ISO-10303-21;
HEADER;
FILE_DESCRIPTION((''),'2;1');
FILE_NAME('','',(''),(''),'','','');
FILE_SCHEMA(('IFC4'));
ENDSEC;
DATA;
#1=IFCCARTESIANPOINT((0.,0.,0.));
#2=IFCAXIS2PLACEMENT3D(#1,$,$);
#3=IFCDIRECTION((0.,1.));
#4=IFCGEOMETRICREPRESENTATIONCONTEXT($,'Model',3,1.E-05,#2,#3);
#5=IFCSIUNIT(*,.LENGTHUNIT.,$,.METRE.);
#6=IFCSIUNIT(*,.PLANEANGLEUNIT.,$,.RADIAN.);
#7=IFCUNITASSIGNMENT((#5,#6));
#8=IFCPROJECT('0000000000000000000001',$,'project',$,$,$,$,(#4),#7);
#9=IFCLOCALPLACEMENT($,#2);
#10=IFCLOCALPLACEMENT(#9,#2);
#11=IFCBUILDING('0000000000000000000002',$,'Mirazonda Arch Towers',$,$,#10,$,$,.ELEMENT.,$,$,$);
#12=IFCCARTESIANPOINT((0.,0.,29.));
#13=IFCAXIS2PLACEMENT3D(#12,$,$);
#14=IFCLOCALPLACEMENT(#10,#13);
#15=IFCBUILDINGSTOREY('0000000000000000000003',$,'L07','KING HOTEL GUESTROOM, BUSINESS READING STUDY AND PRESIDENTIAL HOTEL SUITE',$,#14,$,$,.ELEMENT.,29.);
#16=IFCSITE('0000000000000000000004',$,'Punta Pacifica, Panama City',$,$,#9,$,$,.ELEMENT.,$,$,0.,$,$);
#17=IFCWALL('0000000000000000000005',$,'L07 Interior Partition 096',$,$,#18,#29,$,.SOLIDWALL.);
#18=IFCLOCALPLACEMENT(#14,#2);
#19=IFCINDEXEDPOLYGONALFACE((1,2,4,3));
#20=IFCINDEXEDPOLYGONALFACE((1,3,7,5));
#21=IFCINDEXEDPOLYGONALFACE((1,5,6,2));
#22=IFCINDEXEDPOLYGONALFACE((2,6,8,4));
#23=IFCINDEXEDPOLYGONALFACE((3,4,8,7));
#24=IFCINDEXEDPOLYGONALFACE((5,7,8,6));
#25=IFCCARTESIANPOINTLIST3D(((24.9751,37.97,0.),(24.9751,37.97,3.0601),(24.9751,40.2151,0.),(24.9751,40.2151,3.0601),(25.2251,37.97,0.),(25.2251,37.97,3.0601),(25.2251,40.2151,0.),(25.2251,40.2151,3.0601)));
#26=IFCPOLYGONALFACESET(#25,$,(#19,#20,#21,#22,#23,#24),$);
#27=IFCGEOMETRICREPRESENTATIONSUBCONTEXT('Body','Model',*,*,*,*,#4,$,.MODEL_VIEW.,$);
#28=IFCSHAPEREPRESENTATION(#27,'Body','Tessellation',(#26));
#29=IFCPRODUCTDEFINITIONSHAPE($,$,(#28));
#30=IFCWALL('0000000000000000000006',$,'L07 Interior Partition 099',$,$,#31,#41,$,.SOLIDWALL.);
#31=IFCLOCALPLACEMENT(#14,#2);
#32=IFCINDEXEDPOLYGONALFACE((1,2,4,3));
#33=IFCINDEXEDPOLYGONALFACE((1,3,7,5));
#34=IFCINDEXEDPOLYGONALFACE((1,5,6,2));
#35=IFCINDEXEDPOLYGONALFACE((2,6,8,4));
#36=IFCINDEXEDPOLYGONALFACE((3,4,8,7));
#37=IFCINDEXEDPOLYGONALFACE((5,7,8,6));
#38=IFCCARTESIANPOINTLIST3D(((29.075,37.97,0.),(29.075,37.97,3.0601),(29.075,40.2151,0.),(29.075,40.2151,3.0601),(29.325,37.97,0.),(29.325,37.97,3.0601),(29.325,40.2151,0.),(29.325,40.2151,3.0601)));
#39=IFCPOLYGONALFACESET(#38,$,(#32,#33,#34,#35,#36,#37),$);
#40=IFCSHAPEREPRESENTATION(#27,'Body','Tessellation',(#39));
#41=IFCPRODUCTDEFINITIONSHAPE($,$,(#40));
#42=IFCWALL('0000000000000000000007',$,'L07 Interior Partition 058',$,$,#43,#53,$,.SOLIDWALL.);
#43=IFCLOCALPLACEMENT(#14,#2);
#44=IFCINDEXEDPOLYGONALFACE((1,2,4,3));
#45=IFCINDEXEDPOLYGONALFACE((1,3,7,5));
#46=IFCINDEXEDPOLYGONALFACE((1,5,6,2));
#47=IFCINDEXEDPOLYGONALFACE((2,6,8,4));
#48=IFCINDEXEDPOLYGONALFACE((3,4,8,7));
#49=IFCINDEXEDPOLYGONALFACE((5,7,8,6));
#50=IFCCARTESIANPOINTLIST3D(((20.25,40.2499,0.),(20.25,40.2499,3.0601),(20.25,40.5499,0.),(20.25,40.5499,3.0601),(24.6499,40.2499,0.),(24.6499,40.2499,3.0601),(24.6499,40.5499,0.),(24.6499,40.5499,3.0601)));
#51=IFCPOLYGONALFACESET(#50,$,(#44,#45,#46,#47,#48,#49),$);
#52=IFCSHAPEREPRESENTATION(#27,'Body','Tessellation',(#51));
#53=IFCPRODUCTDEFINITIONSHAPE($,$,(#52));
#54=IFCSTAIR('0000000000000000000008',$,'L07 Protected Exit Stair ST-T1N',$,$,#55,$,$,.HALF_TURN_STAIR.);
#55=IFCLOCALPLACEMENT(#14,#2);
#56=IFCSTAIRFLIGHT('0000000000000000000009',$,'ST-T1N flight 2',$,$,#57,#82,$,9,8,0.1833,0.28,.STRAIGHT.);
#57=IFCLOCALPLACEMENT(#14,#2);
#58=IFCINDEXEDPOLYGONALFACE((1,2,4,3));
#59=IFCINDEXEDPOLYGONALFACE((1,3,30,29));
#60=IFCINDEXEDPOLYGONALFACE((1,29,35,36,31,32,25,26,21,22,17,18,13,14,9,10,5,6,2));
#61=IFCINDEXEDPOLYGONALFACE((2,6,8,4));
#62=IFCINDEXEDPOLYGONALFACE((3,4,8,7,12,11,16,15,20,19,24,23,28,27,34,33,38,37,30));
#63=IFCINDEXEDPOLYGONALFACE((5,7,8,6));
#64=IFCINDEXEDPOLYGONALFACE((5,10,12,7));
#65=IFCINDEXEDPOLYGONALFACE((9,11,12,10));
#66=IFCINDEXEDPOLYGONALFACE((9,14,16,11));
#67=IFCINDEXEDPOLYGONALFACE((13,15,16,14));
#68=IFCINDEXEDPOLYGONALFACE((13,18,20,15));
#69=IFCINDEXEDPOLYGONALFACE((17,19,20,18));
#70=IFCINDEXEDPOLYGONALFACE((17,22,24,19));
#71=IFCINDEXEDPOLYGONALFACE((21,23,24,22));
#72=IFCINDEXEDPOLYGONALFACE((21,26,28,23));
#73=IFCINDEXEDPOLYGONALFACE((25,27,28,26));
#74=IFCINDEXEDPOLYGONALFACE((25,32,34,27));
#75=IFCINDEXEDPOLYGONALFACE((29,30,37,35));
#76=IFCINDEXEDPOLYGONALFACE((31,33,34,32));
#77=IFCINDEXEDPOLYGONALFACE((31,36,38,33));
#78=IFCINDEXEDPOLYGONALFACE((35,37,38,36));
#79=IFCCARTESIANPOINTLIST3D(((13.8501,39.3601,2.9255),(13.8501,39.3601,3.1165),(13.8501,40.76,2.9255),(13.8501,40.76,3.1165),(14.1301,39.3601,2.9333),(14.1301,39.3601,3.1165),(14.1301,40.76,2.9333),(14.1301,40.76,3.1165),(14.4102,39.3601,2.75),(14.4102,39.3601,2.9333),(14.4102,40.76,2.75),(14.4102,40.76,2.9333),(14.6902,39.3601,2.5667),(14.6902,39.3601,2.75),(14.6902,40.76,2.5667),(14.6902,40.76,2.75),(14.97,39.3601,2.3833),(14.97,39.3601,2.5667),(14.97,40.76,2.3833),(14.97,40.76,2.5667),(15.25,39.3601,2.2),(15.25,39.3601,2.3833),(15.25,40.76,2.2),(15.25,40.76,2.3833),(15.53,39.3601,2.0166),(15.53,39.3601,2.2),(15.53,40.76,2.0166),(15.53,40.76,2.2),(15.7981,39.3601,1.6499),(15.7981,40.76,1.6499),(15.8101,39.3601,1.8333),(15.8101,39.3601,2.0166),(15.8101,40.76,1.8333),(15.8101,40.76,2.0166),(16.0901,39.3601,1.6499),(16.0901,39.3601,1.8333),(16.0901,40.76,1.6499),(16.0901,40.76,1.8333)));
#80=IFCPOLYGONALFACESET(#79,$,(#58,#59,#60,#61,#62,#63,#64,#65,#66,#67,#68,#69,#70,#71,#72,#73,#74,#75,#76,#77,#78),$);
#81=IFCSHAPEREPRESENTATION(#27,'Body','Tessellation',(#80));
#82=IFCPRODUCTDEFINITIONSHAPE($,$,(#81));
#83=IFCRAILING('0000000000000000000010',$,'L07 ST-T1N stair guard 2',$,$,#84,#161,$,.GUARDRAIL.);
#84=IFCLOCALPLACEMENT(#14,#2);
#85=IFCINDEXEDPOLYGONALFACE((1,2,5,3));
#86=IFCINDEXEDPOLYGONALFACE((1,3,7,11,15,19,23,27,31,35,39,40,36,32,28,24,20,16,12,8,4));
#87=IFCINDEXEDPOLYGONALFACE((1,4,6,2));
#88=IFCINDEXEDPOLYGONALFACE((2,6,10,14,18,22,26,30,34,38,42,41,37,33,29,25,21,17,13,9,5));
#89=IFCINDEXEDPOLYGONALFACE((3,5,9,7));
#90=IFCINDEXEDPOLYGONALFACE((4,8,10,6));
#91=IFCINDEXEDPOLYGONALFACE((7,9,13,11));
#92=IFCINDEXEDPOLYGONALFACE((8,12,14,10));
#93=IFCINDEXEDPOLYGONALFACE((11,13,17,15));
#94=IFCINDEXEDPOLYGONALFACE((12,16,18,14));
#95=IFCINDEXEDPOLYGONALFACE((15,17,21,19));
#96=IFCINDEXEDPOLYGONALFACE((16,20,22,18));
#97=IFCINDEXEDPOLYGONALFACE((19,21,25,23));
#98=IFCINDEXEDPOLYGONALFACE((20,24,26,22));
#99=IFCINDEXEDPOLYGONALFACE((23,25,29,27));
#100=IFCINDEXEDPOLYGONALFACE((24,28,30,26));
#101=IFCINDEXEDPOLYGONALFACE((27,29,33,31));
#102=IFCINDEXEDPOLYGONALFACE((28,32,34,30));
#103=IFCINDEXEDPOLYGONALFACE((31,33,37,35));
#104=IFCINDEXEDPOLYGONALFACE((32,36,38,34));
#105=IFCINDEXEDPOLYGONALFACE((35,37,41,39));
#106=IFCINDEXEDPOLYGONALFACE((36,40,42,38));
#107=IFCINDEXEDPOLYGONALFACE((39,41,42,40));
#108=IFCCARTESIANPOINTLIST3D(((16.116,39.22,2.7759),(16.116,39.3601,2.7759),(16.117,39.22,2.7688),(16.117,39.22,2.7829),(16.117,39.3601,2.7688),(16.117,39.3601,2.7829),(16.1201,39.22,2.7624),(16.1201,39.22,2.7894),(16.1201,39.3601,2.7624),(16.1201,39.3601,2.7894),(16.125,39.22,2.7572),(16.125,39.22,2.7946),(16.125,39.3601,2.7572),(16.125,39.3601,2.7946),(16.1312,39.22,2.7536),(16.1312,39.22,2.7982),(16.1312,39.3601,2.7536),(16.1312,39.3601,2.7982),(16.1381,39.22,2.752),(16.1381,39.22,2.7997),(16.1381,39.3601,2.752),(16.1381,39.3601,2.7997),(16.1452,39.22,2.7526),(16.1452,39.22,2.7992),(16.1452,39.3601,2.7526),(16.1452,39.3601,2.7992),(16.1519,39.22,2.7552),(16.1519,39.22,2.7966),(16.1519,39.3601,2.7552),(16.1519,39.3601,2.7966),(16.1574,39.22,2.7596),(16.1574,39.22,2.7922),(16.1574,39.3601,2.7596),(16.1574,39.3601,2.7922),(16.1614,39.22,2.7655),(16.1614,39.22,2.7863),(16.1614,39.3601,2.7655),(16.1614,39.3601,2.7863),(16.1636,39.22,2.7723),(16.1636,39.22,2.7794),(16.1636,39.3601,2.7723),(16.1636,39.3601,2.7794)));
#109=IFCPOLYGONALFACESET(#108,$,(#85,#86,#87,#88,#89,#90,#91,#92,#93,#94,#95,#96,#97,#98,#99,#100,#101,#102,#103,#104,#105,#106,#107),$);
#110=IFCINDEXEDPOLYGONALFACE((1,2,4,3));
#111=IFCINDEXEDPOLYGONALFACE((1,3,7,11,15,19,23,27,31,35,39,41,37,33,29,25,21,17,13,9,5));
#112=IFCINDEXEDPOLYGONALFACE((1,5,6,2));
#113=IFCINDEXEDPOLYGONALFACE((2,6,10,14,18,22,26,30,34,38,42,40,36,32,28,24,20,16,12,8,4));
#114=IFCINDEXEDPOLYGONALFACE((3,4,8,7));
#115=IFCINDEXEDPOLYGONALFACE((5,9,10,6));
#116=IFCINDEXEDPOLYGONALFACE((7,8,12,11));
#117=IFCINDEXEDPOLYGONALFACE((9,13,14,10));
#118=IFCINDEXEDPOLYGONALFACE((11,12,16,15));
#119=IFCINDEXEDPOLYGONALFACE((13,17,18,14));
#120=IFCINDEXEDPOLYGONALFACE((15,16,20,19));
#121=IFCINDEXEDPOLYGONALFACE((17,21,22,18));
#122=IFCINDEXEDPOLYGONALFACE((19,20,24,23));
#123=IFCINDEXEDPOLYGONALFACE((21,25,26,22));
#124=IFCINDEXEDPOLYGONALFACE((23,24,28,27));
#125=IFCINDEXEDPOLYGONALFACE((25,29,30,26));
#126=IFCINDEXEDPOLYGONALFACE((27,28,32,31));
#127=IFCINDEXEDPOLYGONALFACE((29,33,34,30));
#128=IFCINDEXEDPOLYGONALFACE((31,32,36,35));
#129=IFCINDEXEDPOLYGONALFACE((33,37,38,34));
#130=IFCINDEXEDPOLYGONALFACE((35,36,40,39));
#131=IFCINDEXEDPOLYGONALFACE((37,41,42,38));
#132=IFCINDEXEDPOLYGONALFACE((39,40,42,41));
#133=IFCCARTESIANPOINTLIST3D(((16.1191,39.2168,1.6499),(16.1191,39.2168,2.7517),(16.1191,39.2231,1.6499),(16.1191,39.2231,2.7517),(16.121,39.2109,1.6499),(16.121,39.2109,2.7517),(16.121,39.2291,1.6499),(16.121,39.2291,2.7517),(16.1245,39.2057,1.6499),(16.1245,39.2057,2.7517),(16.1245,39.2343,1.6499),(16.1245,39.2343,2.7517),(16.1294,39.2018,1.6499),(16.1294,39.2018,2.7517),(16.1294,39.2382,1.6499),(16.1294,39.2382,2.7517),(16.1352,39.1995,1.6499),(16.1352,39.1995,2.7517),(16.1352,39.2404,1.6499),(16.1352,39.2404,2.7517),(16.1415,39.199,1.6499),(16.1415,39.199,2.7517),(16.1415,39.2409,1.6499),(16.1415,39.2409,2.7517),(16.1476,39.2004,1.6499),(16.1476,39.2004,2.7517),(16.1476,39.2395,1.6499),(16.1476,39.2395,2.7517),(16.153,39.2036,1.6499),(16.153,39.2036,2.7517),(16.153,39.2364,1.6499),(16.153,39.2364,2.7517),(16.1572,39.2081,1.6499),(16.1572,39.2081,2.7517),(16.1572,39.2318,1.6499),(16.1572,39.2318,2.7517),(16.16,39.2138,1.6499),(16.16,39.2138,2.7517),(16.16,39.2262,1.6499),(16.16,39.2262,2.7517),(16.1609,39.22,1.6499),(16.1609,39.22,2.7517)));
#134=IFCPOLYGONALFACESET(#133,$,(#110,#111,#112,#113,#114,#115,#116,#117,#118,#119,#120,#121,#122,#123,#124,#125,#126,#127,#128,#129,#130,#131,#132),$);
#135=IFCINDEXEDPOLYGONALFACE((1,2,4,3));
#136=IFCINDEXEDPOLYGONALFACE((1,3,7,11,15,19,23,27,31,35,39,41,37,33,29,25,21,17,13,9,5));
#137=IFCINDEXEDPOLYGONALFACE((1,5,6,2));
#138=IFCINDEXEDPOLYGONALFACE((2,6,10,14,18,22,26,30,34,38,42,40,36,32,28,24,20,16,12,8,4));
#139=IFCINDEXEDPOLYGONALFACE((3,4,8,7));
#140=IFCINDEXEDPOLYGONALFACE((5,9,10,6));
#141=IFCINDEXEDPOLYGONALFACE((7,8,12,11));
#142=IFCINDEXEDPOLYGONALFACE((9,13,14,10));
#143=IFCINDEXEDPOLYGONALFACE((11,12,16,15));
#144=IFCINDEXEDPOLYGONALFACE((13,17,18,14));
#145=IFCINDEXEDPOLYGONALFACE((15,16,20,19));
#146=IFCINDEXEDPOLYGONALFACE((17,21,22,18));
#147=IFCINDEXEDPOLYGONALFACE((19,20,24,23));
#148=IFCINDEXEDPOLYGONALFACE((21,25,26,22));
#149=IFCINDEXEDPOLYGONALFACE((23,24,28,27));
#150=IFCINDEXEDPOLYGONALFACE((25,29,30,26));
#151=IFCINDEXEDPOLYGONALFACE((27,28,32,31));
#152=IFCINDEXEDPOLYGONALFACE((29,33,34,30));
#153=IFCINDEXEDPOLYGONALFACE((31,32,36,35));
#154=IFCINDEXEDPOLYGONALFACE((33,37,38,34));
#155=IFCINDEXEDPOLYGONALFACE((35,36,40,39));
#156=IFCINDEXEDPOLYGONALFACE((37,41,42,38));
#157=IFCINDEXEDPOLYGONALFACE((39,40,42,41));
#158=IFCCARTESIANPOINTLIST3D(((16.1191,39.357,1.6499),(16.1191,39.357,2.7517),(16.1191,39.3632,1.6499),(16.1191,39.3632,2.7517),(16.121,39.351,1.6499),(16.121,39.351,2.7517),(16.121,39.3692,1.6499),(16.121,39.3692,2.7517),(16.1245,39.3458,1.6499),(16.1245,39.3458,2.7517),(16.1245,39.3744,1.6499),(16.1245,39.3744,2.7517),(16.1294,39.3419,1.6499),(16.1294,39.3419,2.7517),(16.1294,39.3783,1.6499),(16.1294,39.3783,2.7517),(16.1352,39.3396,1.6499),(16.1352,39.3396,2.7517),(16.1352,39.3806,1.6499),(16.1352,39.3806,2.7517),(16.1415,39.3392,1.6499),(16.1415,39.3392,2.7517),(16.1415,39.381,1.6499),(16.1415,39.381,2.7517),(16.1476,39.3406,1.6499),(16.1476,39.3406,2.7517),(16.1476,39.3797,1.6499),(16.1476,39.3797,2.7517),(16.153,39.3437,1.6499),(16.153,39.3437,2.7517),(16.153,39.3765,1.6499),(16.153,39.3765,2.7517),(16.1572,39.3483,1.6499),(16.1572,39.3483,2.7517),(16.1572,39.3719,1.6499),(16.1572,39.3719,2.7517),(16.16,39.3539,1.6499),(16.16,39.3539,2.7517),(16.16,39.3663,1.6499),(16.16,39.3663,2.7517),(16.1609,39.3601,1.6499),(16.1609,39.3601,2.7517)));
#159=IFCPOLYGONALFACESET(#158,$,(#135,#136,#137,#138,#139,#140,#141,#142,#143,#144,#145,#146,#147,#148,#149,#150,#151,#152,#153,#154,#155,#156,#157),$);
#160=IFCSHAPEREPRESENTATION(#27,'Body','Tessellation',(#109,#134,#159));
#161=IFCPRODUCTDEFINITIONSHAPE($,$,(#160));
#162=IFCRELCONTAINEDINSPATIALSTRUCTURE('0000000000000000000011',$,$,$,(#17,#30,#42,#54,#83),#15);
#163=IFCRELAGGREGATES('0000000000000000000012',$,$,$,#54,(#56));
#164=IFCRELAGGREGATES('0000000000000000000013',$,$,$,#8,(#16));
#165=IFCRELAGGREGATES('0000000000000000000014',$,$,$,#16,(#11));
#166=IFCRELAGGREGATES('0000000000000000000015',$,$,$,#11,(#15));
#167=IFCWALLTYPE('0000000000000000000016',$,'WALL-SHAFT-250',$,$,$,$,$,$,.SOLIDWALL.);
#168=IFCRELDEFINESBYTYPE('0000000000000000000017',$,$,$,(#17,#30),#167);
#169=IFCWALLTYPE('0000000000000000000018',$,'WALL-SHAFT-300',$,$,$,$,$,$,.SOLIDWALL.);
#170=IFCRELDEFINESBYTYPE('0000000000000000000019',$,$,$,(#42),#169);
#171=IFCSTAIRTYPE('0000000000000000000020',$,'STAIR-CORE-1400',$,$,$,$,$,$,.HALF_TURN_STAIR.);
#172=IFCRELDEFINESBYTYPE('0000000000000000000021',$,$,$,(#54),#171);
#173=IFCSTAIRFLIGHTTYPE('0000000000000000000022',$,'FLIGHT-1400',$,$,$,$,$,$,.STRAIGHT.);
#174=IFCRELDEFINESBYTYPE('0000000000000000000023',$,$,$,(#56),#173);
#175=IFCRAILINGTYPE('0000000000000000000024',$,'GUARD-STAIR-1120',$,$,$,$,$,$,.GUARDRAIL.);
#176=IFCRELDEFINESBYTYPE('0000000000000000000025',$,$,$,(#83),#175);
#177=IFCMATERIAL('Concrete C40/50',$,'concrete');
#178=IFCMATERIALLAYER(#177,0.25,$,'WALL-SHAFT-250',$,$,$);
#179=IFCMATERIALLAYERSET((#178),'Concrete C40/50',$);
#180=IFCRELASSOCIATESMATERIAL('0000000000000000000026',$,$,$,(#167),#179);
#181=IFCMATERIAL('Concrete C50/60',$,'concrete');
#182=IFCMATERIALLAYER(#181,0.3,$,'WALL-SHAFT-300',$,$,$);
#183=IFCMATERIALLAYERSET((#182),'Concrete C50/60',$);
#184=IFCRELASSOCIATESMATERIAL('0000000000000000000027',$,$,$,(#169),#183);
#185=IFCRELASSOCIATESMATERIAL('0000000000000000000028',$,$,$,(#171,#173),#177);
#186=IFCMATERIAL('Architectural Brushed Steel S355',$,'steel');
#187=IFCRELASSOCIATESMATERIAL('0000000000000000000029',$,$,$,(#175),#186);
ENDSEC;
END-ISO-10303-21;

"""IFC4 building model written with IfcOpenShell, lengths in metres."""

from ifc_helpers import new_model, si_unit, direction, frame, frame_2d, origin, origin_2d, place, context, subcontext, project, spatial, polyline, rectangle, circle, outline, extrude, material, layer, layer_set, type_object, element, aggregate, save


model = new_model("IFC4")

# Units and contexts
model_context = context("Model", 3, precision=1e-05, world=origin(), true_north=direction((0.0, 1.0)))
body_context = subcontext(model_context, "Body", "Model", "MODEL_VIEW")
ifc_project = project(units=[si_unit("LENGTHUNIT", "METRE"), si_unit("PLANEANGLEUNIT", "RADIAN")], contexts=[model_context])

# Site, building, storey
site_placement = place(None, origin())
site = spatial("IfcSite", under=ifc_project, at=site_placement, Name="Punta Pacifica, Panama City", CompositionType="ELEMENT", RefElevation=0.0)
building_placement = place(site_placement, origin())
building = spatial("IfcBuilding", under=site, at=building_placement, Name="Mirazonda Arch Towers", CompositionType="ELEMENT")
storey_placement = place(building_placement, frame((0.0, 0.0, 29.0)))
storey = spatial("IfcBuildingStorey", under=building, at=storey_placement, Name="L07", Description="KING HOTEL GUESTROOM, BUSINESS READING STUDY AND PRESIDENTIAL HOTEL SUITE", CompositionType="ELEMENT", Elevation=29.0)

# Shared definitions
ifc_material_1 = material(Name="Architectural Brushed Steel S355", Category="steel")

# Walls
ifc_material_2 = material(Name="Concrete C40/50", Category="concrete")
ifc_layer_1 = layer(ifc_material_2, 0.25, Name="WALL-SHAFT-250")
ifc_layer_set_1 = layer_set([ifc_layer_1], Name="Concrete C40/50")
wall_type_1 = type_object("IfcWallType", Name="WALL-SHAFT-250", PredefinedType="SOLIDWALL", material=ifc_layer_set_1)
for number, where, z_axis, x_axis, name in (
    (1, (25.1001, 37.97, 0.0), (0.0, 0.0, 1.0), (0.0, 1.0, 0.0), "L07 Interior Partition 096"),
    (2, (29.2, 37.97, 0.0), (0.0, 0.0, 1.0), (0.0, 1.0, 0.0), "L07 Interior Partition 099"),
):
    element("IfcWall", number, at=place(storey_placement, frame(where, z_axis=z_axis, x_axis=x_axis)), inside=storey, type_object=wall_type_1, Name=name, PredefinedType="SOLIDWALL", context=body_context, shape_type="SweptSolid", body=[
        extrude(rectangle(XDim=2.2451, YDim=0.25, at=frame_2d((1.1226, 0.0))), origin(), (0.0, 0.0, 1.0), 3.0601),
    ])
ifc_material_3 = material(Name="Concrete C50/60", Category="concrete")
ifc_layer_2 = layer(ifc_material_3, 0.3, Name="WALL-SHAFT-300")
ifc_layer_set_2 = layer_set([ifc_layer_2], Name="Concrete C50/60")
wall_type_2 = type_object("IfcWallType", Name="WALL-SHAFT-300", PredefinedType="SOLIDWALL", material=ifc_layer_set_2)
wall_1_placement = place(storey_placement, frame((20.25, 40.3999, 0.0), z_axis=(0.0, 0.0, 1.0), x_axis=(1.0, 0.0, 0.0)))
element("IfcWall", 3, at=wall_1_placement, inside=storey, type_object=wall_type_2, Name="L07 Interior Partition 058", PredefinedType="SOLIDWALL", context=body_context, shape_type="SweptSolid", body=[
    extrude(rectangle(XDim=4.3999, YDim=0.3, at=frame_2d((2.2, 0.0))), origin(), (0.0, 0.0, 1.0), 3.0601),
])

# Stair, stair flight
stair_type = type_object("IfcStairType", Name="STAIR-CORE-1400", PredefinedType="HALF_TURN_STAIR", material=ifc_material_2)
stair_placement = place(storey_placement, origin())
stair = element("IfcStair", 4, at=stair_placement, inside=storey, type_object=stair_type, Name="L07 Protected Exit Stair ST-T1N", PredefinedType="HALF_TURN_STAIR")
stair_flight_type = type_object("IfcStairFlightType", Name="FLIGHT-1400", PredefinedType="STRAIGHT", material=ifc_material_2)
stair_flight_placement = place(storey_placement, frame((16.0901, 40.0601, 1.6499), z_axis=(0.0, 0.0, 1.0), x_axis=(-1.0, 0.0, 0.0)))
stair_flight = element("IfcStairFlight", 5, at=stair_flight_placement, type_object=stair_flight_type, Name="ST-T1N flight 2", NumberOfRisers=9, NumberOfTreads=8, PredefinedType="STRAIGHT", RiserHeight=0.1833, TreadLength=0.28, context=body_context, shape_type="SweptSolid", body=[
    extrude(outline(polyline([(0.0, 0.0), (0.0, 0.1833), (0.28, 0.1833), (0.28, 0.3667), (0.5601, 0.3667), (0.5601, 0.55), (0.8401, 0.55), (0.8401, 0.7334), (1.1201, 0.7334), (1.1201, 0.9167), (1.3999, 0.9167), (1.3999, 1.1001), (1.6799, 1.1001), (1.6799, 1.2834), (1.96, 1.2834), (1.96, 1.4666), (2.24, 1.4666), (2.24, 1.6499), (2.24, 1.2756), (0.292, 0.0), (0.0, 0.0)])), frame((0.0, 0.7, 0.0), z_axis=(0.0, -1.0, 0.0), x_axis=(1.0, 0.0, 0.0)), (0.0, 0.0, 1.0), 1.3999),
])
aggregate(stair, [stair_flight])

# Railing
railing_type_1 = type_object("IfcRailingType", Name="GUARD-STAIR-1120", PredefinedType="GUARDRAIL", material=ifc_material_1)
railing_1_placement = place(storey_placement, frame((16.1399, 39.22, 1.6499)))
element("IfcRailing", 6, at=railing_1_placement, inside=storey, type_object=railing_type_1, Name="L07 ST-T1N stair guard 2", PredefinedType="GUARDRAIL", context=body_context, shape_type="SweptSolid", body=[
    extrude(circle(Radius=0.0239, at=origin_2d()), frame((0.0, 0.0, 1.126), z_axis=(0.0, 1.0, 0.0), x_axis=(-1.0, 0.0, 0.0)), (0.0, 0.0, 1.0), 0.1401),
    extrude(circle(Radius=0.021, at=origin_2d()), origin(), (0.0, 0.0, 1.0), 1.1018),
    extrude(circle(Radius=0.021, at=origin_2d()), frame((0.0, 0.1401, 0.0)), (0.0, 0.0, 1.0), 1.1018),
])

save(model, "model.ifc")
